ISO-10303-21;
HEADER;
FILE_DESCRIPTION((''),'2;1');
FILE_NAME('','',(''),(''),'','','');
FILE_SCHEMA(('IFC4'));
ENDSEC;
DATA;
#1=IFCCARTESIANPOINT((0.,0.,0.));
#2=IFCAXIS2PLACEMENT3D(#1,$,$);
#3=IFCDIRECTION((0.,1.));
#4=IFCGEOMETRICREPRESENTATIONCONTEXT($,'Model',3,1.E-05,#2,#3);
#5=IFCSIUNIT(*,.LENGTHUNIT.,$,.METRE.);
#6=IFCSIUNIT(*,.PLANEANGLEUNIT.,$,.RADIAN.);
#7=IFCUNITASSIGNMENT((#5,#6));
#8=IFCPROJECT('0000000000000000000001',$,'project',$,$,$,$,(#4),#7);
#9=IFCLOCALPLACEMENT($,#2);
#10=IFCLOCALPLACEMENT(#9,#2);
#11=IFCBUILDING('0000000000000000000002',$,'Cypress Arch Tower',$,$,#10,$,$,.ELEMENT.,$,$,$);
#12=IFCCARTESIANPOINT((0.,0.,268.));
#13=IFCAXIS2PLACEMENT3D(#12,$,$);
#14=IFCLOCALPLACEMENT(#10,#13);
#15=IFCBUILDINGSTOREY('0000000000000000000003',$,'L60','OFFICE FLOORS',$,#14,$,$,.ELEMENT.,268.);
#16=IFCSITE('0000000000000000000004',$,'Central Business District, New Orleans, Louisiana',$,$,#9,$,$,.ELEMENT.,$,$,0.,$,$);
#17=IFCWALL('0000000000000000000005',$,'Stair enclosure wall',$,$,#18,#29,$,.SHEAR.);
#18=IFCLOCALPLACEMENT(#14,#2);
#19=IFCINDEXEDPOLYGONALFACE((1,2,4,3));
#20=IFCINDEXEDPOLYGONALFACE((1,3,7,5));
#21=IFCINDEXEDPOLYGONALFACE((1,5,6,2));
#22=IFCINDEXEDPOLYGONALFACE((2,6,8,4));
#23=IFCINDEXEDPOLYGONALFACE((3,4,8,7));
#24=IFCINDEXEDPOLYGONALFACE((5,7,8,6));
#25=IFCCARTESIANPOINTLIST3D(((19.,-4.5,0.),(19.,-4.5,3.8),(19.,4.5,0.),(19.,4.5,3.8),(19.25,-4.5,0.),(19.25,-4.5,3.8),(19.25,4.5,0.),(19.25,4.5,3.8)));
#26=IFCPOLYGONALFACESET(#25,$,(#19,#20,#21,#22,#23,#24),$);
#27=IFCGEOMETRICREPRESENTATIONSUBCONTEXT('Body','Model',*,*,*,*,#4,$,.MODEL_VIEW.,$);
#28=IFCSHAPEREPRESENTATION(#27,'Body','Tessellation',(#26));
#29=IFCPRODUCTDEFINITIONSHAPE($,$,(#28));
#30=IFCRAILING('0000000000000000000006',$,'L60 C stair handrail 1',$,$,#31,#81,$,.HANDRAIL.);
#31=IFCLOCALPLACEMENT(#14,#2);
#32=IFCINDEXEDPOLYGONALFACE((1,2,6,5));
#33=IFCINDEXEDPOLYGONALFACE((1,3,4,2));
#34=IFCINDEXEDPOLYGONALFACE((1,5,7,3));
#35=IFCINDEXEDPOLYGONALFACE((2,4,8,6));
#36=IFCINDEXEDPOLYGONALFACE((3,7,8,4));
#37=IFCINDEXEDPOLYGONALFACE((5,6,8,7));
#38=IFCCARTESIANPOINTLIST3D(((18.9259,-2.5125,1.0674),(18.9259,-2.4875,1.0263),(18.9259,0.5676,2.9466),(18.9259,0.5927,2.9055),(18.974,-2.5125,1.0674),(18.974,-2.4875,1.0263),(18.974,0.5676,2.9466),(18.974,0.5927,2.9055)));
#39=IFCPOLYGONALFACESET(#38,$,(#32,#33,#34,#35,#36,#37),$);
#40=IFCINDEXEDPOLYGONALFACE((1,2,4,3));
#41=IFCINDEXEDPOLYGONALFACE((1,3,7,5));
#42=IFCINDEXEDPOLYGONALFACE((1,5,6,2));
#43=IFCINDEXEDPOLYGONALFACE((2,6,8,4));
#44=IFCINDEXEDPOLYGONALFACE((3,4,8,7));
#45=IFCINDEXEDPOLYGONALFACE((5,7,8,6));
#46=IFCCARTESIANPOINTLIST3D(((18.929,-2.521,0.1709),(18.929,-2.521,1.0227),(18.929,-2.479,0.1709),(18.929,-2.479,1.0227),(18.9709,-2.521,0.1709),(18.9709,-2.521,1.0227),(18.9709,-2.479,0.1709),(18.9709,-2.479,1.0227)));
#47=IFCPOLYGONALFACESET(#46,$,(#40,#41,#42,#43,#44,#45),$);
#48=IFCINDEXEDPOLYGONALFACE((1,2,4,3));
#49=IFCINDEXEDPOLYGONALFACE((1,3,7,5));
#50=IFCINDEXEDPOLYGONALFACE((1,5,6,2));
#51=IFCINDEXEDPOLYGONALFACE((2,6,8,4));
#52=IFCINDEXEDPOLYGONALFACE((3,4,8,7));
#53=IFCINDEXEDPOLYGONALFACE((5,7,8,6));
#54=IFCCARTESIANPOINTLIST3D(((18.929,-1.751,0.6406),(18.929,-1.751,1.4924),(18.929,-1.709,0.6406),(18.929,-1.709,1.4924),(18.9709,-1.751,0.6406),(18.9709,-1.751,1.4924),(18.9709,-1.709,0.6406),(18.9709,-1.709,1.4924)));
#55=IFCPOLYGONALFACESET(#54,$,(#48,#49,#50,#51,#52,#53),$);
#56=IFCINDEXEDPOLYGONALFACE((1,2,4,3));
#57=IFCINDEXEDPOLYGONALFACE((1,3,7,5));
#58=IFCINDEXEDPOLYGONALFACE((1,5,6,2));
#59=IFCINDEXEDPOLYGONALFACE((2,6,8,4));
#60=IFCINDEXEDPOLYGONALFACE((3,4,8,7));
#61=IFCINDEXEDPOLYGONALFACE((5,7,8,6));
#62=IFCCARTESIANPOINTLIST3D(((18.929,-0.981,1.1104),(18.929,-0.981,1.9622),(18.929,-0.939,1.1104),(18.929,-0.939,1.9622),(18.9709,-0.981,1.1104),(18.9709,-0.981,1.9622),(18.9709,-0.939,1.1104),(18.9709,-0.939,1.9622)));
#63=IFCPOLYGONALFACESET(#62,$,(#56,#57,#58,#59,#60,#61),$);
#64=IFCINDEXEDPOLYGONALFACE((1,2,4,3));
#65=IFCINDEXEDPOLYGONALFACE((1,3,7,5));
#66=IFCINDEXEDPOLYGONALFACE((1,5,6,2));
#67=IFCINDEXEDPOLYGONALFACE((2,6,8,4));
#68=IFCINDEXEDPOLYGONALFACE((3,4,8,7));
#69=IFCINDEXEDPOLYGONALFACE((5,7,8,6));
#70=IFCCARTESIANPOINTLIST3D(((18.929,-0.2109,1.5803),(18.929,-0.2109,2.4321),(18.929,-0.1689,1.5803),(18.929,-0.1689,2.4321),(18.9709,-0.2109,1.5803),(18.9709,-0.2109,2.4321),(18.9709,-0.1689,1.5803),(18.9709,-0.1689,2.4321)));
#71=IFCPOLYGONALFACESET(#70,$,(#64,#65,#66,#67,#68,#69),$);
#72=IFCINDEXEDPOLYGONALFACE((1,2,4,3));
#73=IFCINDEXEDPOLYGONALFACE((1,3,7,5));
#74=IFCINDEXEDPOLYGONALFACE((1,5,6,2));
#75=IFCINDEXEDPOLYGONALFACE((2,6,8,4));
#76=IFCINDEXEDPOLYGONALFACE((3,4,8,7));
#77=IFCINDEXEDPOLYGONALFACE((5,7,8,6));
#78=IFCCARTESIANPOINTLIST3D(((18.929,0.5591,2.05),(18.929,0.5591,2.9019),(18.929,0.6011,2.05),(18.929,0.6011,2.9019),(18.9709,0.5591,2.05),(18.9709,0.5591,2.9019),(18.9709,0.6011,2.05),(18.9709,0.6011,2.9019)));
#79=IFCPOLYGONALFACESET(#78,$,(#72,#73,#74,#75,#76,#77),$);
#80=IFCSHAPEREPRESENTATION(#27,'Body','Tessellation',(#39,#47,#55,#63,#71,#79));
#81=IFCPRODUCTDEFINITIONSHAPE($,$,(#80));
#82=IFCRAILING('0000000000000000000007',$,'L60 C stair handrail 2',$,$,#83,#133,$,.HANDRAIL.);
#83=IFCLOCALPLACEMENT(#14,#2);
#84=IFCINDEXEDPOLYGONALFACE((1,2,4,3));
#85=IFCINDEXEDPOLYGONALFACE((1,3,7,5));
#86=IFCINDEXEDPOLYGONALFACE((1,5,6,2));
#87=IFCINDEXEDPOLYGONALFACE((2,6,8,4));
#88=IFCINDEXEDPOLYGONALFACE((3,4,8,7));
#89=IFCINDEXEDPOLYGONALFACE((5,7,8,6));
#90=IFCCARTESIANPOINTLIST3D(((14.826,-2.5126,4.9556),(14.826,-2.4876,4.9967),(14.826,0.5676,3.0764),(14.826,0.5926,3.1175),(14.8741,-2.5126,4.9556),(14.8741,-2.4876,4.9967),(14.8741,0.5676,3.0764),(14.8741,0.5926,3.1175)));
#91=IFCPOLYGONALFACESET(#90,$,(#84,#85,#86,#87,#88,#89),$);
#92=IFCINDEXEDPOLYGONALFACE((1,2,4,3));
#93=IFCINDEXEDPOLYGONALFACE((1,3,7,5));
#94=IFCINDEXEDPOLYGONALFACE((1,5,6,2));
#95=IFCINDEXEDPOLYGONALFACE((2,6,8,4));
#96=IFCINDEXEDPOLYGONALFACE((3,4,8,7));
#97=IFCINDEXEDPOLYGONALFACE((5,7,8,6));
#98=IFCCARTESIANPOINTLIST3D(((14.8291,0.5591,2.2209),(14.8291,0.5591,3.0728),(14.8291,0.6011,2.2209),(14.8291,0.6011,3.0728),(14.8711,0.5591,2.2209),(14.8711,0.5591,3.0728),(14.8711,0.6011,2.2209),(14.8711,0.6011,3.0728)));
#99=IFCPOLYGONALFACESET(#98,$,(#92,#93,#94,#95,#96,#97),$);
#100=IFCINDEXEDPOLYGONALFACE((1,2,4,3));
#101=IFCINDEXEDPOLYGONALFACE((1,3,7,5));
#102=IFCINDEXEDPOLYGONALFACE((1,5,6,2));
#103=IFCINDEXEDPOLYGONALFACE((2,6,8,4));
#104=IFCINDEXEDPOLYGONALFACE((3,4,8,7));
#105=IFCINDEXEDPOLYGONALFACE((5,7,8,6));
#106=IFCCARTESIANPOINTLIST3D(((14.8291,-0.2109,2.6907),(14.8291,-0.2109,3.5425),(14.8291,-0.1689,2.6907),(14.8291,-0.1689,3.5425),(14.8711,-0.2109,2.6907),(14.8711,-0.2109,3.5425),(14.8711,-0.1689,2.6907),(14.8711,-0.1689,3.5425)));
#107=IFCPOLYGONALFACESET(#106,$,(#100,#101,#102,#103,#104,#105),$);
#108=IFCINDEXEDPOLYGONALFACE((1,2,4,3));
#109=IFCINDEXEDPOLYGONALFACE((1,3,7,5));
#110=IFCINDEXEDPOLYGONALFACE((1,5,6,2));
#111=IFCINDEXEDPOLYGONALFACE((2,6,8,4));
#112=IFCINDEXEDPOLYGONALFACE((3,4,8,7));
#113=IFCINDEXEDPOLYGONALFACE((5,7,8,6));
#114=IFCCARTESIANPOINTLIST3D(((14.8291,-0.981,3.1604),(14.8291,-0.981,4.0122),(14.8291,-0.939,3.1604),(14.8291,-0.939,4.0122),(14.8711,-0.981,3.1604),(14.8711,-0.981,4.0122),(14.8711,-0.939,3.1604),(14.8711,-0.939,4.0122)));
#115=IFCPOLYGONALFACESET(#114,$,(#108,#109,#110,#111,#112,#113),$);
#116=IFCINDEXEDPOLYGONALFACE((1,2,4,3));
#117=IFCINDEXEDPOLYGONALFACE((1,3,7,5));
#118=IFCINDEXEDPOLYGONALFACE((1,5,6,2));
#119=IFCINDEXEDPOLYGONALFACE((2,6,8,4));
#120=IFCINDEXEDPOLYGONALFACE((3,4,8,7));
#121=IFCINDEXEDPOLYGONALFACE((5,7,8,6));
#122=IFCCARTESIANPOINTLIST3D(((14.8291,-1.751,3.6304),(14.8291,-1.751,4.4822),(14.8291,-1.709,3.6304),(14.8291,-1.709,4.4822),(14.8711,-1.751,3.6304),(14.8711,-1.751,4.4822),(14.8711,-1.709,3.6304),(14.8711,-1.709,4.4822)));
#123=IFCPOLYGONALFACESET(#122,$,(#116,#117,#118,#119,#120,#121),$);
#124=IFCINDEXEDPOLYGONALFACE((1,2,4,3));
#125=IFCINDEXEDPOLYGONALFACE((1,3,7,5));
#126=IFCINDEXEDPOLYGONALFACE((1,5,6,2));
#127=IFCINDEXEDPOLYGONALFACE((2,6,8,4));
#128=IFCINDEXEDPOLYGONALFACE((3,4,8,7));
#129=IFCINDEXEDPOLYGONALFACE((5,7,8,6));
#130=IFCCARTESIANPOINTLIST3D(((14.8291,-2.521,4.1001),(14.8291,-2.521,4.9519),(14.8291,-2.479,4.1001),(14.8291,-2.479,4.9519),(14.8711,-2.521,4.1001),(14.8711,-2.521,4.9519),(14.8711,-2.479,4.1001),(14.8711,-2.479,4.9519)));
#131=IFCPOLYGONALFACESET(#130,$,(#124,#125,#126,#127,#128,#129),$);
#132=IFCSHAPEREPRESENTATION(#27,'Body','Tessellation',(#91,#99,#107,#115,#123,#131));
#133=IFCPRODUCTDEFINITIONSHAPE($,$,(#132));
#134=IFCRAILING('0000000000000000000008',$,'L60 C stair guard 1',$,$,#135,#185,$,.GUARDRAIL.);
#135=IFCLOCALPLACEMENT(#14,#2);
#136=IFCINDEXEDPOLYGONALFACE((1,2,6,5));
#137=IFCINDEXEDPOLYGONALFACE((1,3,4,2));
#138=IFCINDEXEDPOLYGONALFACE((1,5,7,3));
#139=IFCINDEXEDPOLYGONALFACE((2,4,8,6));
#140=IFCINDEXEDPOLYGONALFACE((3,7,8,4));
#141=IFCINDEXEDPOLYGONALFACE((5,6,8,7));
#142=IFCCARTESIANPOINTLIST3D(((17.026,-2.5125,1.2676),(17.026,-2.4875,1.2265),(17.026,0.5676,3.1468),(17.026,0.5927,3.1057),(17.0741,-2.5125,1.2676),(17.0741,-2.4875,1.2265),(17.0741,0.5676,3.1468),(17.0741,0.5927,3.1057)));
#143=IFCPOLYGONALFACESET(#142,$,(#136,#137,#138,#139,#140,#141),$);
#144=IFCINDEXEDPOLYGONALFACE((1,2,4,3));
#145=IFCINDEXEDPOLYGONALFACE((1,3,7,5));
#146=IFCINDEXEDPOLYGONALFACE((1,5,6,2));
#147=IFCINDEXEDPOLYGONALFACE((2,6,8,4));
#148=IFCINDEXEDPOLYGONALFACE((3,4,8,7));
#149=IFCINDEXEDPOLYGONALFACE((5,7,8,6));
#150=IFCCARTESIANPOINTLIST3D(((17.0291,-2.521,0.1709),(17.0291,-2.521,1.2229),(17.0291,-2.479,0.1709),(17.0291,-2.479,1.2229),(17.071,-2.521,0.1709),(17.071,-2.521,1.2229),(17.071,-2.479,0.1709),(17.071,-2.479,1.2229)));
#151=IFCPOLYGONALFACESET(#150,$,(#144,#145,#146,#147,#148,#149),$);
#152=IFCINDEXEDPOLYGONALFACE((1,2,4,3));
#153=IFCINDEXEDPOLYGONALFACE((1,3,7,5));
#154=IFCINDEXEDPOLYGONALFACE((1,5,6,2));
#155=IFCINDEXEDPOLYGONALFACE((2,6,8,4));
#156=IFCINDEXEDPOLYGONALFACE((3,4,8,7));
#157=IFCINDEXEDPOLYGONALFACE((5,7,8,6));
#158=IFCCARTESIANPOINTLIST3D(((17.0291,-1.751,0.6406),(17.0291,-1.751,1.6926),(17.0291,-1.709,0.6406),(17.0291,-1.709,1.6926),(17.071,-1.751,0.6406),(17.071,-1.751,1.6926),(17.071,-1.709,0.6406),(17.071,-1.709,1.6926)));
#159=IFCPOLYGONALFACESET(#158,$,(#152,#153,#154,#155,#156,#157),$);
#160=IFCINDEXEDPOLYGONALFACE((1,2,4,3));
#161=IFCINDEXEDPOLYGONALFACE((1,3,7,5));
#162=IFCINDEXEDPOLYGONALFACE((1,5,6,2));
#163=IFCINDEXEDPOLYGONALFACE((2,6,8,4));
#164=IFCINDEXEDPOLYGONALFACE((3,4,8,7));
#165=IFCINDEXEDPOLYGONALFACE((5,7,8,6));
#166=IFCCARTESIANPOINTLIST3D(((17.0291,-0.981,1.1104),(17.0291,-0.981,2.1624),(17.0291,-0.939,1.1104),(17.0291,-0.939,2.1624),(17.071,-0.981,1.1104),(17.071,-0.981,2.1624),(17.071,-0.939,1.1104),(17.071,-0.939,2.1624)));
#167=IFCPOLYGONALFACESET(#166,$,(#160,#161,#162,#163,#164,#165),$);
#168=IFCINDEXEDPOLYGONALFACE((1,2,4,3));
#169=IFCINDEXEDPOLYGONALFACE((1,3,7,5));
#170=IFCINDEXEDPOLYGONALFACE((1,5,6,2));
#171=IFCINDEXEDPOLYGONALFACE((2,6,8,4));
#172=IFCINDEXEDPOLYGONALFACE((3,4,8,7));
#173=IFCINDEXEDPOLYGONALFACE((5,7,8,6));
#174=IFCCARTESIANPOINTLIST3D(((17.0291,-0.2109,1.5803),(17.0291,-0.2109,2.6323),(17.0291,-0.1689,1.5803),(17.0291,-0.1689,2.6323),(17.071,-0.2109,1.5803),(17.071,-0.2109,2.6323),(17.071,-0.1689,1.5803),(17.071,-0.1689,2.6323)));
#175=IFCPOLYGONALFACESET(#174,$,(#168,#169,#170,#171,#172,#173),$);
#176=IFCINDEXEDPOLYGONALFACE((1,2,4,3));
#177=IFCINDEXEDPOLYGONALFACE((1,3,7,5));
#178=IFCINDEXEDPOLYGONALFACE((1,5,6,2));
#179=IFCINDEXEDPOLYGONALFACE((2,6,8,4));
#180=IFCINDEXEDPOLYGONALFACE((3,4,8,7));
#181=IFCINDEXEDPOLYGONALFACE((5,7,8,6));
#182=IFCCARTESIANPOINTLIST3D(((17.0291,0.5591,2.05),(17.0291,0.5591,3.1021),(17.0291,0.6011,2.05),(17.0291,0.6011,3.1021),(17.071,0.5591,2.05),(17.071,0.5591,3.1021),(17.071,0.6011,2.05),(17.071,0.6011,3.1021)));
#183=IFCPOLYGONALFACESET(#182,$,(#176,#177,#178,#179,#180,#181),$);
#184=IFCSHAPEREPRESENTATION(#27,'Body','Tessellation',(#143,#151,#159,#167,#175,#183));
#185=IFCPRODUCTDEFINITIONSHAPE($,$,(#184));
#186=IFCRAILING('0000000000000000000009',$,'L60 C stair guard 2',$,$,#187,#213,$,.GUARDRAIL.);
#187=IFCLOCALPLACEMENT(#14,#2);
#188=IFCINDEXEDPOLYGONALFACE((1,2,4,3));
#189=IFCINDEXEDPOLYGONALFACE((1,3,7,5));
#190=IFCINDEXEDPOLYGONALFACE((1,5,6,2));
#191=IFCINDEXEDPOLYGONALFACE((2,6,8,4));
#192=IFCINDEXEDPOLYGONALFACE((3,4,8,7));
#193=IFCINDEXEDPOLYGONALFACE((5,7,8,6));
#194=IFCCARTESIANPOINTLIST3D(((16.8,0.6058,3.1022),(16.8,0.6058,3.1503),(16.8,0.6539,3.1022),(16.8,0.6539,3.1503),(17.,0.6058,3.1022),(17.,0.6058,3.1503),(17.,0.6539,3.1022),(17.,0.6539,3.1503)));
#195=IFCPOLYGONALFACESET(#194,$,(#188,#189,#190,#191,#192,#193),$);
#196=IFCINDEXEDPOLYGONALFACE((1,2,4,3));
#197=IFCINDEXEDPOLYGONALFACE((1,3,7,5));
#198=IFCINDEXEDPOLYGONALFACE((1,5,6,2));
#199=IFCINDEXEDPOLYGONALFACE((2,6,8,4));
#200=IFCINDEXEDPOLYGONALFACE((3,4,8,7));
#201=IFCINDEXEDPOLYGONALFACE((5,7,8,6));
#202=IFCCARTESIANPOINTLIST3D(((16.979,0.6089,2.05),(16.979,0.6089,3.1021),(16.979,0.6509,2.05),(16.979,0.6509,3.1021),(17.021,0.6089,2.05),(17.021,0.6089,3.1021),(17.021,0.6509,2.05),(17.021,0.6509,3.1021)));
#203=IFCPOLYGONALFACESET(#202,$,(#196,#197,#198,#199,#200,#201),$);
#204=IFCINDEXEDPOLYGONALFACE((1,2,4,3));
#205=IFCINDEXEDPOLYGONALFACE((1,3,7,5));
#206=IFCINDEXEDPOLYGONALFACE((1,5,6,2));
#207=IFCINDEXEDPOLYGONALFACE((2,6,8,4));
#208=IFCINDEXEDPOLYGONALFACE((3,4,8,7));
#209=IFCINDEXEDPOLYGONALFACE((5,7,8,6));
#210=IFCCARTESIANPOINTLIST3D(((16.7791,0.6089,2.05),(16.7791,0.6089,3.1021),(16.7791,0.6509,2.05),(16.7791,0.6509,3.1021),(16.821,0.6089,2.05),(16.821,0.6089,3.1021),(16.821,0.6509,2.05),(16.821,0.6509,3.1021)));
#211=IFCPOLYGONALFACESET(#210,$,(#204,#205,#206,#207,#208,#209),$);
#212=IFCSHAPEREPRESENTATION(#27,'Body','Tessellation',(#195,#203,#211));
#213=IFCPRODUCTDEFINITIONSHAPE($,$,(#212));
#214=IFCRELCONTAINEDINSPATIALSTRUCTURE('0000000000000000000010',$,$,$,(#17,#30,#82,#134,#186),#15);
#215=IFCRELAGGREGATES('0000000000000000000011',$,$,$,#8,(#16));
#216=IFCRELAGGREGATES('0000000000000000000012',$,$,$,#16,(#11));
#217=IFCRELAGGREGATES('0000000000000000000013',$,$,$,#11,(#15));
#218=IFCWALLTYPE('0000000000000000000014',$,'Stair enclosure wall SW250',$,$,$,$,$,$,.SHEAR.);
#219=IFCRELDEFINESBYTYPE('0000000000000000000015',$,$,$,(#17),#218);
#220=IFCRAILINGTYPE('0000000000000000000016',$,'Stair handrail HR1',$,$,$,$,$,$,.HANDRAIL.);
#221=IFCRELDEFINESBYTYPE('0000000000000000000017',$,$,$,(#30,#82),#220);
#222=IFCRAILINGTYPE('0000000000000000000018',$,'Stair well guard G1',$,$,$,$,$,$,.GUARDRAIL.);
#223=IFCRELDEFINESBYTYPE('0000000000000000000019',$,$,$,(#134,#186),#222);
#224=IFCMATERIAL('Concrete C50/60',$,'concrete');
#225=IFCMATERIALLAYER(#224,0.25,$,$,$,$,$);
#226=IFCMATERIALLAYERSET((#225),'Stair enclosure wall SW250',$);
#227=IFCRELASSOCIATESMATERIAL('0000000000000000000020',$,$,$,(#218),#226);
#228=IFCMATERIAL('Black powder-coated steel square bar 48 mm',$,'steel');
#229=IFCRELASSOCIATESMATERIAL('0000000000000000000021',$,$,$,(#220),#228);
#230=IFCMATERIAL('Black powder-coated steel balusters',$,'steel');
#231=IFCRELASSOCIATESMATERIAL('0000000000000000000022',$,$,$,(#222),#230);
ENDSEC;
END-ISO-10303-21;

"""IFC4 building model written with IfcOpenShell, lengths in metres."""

from ifc_helpers import new_model, si_unit, direction, frame, frame_2d, origin, origin_2d, place, context, subcontext, project, spatial, rectangle, extrude, material, layer, layer_set, type_object, element, save


model = new_model("IFC4")

# Units and contexts
model_context = context("Model", 3, precision=1e-05, world=origin(), true_north=direction((0.0, 1.0)))
body_context = subcontext(model_context, "Body", "Model", "MODEL_VIEW")
ifc_project = project(units=[si_unit("LENGTHUNIT", "METRE"), si_unit("PLANEANGLEUNIT", "RADIAN")], contexts=[model_context])

# Site, building, storey
site_placement = place(None, origin())
site = spatial("IfcSite", under=ifc_project, at=site_placement, Name="Central Business District, New Orleans, Louisiana", CompositionType="ELEMENT", RefElevation=0.0)
building_placement = place(site_placement, origin())
building = spatial("IfcBuilding", under=site, at=building_placement, Name="Cypress Arch Tower", CompositionType="ELEMENT")
storey_placement = place(building_placement, frame((0.0, 0.0, 268.0)))
storey = spatial("IfcBuildingStorey", under=building, at=storey_placement, Name="L60", Description="OFFICE FLOORS", CompositionType="ELEMENT", Elevation=268.0)

# Shared definitions
ifc_material_1 = material(Name="Concrete C50/60", Category="concrete")
ifc_layer_1 = layer(ifc_material_1, 0.25)
ifc_layer_set_1 = layer_set([ifc_layer_1], Name="Stair enclosure wall SW250")
wall_type_1 = type_object("IfcWallType", Name="Stair enclosure wall SW250", PredefinedType="SHEAR", material=ifc_layer_set_1)

# Wall
wall_1_placement = place(storey_placement, frame((19.125, -4.5, 0.0), z_axis=(0.0, 0.0, 1.0), x_axis=(0.0, 1.0, 0.0)))
element("IfcWall", 1, at=wall_1_placement, inside=storey, type_object=wall_type_1, Name="Stair enclosure wall", PredefinedType="SHEAR", context=body_context, shape_type="SweptSolid", body=[
    extrude(rectangle(XDim=9.0, YDim=0.25, at=frame_2d((4.5, 0.0))), origin(), (0.0, 0.0, 1.0), 3.8),
])

# Railings
ifc_material_2 = material(Name="Black powder-coated steel square bar 48 mm", Category="steel")
railing_type_1 = type_object("IfcRailingType", Name="Stair handrail HR1", PredefinedType="HANDRAIL", material=ifc_material_2)
railing_1_placement = place(storey_placement, frame((18.95, -2.5, 0.1709)))
element("IfcRailing", 2, at=railing_1_placement, inside=storey, type_object=railing_type_1, Name="L60 C stair handrail 1", PredefinedType="HANDRAIL", context=body_context, shape_type="SweptSolid", body=[
    extrude(rectangle(XDim=0.0481, YDim=0.0481, at=origin_2d()), frame((0.0, 0.0, 0.876), z_axis=(0.0, 0.853666, 0.52082), x_axis=(-1.0, 0.0, 0.0)), (0.0, 0.0, 1.0), 3.6082),
    extrude(rectangle(XDim=0.042, YDim=0.042, at=origin_2d()), origin(), (0.0, 0.0, 1.0), 0.8518),
    extrude(rectangle(XDim=0.042, YDim=0.042, at=origin_2d()), frame((0.0, 0.77, 0.4697)), (0.0, 0.0, 1.0), 0.8518),
    extrude(rectangle(XDim=0.042, YDim=0.042, at=origin_2d()), frame((0.0, 1.54, 0.9395)), (0.0, 0.0, 1.0), 0.8518),
    extrude(rectangle(XDim=0.042, YDim=0.042, at=origin_2d()), frame((0.0, 2.3101, 1.4094)), (0.0, 0.0, 1.0), 0.8518),
    extrude(rectangle(XDim=0.042, YDim=0.042, at=origin_2d()), frame((0.0, 3.0801, 1.8792)), (0.0, 0.0, 1.0), 0.8518),
])
railing_2_placement = place(storey_placement, frame((14.8501, 0.5801, 2.2209)))
element("IfcRailing", 3, at=railing_2_placement, inside=storey, type_object=railing_type_1, Name="L60 C stair handrail 2", PredefinedType="HANDRAIL", context=body_context, shape_type="SweptSolid", body=[
    extrude(rectangle(XDim=0.0481, YDim=0.0481, at=origin_2d()), frame((0.0, 0.0, 0.876), z_axis=(0.0, -0.853666, 0.52082), x_axis=(1.0, 0.0, 0.0)), (0.0, 0.0, 1.0), 3.6082),
    extrude(rectangle(XDim=0.042, YDim=0.042, at=origin_2d()), origin(), (0.0, 0.0, 1.0), 0.8518),
    extrude(rectangle(XDim=0.042, YDim=0.042, at=origin_2d()), frame((0.0, -0.77, 0.4697)), (0.0, 0.0, 1.0), 0.8518),
    extrude(rectangle(XDim=0.042, YDim=0.042, at=origin_2d()), frame((0.0, -1.54, 0.9395)), (0.0, 0.0, 1.0), 0.8518),
    extrude(rectangle(XDim=0.042, YDim=0.042, at=origin_2d()), frame((0.0, -2.3101, 1.4094)), (0.0, 0.0, 1.0), 0.8518),
    extrude(rectangle(XDim=0.042, YDim=0.042, at=origin_2d()), frame((0.0, -3.0801, 1.8792)), (0.0, 0.0, 1.0), 0.8518),
])
ifc_material_3 = material(Name="Black powder-coated steel balusters", Category="steel")
railing_type_2 = type_object("IfcRailingType", Name="Stair well guard G1", PredefinedType="GUARDRAIL", material=ifc_material_3)
railing_3_placement = place(storey_placement, frame((17.05, -2.5, 0.1709)))
element("IfcRailing", 4, at=railing_3_placement, inside=storey, type_object=railing_type_2, Name="L60 C stair guard 1", PredefinedType="GUARDRAIL", context=body_context, shape_type="SweptSolid", body=[
    extrude(rectangle(XDim=0.0481, YDim=0.0481, at=origin_2d()), frame((0.0, 0.0, 1.0762), z_axis=(0.0, 0.853666, 0.52082), x_axis=(-1.0, 0.0, 0.0)), (0.0, 0.0, 1.0), 3.6082),
    extrude(rectangle(XDim=0.042, YDim=0.042, at=origin_2d()), origin(), (0.0, 0.0, 1.0), 1.052),
    extrude(rectangle(XDim=0.042, YDim=0.042, at=origin_2d()), frame((0.0, 0.77, 0.4697)), (0.0, 0.0, 1.0), 1.052),
    extrude(rectangle(XDim=0.042, YDim=0.042, at=origin_2d()), frame((0.0, 1.54, 0.9395)), (0.0, 0.0, 1.0), 1.052),
    extrude(rectangle(XDim=0.042, YDim=0.042, at=origin_2d()), frame((0.0, 2.3101, 1.4094)), (0.0, 0.0, 1.0), 1.052),
    extrude(rectangle(XDim=0.042, YDim=0.042, at=origin_2d()), frame((0.0, 3.0801, 1.8792)), (0.0, 0.0, 1.0), 1.052),
])
railing_4_placement = place(storey_placement, frame((17.0, 0.6299, 2.05)))
element("IfcRailing", 5, at=railing_4_placement, inside=storey, type_object=railing_type_2, Name="L60 C stair guard 2", PredefinedType="GUARDRAIL", context=body_context, shape_type="SweptSolid", body=[
    extrude(rectangle(XDim=0.0481, YDim=0.0481, at=origin_2d()), frame((0.0, 0.0, 1.0762), z_axis=(-1.0, 0.0, 0.0), x_axis=(0.0, -1.0, 0.0)), (0.0, 0.0, 1.0), 0.2),
    extrude(rectangle(XDim=0.042, YDim=0.042, at=origin_2d()), origin(), (0.0, 0.0, 1.0), 1.052),
    extrude(rectangle(XDim=0.042, YDim=0.042, at=origin_2d()), frame((-0.2, 0.0, 0.0)), (0.0, 0.0, 1.0), 1.052),
])

save(model, "model.ifc")
